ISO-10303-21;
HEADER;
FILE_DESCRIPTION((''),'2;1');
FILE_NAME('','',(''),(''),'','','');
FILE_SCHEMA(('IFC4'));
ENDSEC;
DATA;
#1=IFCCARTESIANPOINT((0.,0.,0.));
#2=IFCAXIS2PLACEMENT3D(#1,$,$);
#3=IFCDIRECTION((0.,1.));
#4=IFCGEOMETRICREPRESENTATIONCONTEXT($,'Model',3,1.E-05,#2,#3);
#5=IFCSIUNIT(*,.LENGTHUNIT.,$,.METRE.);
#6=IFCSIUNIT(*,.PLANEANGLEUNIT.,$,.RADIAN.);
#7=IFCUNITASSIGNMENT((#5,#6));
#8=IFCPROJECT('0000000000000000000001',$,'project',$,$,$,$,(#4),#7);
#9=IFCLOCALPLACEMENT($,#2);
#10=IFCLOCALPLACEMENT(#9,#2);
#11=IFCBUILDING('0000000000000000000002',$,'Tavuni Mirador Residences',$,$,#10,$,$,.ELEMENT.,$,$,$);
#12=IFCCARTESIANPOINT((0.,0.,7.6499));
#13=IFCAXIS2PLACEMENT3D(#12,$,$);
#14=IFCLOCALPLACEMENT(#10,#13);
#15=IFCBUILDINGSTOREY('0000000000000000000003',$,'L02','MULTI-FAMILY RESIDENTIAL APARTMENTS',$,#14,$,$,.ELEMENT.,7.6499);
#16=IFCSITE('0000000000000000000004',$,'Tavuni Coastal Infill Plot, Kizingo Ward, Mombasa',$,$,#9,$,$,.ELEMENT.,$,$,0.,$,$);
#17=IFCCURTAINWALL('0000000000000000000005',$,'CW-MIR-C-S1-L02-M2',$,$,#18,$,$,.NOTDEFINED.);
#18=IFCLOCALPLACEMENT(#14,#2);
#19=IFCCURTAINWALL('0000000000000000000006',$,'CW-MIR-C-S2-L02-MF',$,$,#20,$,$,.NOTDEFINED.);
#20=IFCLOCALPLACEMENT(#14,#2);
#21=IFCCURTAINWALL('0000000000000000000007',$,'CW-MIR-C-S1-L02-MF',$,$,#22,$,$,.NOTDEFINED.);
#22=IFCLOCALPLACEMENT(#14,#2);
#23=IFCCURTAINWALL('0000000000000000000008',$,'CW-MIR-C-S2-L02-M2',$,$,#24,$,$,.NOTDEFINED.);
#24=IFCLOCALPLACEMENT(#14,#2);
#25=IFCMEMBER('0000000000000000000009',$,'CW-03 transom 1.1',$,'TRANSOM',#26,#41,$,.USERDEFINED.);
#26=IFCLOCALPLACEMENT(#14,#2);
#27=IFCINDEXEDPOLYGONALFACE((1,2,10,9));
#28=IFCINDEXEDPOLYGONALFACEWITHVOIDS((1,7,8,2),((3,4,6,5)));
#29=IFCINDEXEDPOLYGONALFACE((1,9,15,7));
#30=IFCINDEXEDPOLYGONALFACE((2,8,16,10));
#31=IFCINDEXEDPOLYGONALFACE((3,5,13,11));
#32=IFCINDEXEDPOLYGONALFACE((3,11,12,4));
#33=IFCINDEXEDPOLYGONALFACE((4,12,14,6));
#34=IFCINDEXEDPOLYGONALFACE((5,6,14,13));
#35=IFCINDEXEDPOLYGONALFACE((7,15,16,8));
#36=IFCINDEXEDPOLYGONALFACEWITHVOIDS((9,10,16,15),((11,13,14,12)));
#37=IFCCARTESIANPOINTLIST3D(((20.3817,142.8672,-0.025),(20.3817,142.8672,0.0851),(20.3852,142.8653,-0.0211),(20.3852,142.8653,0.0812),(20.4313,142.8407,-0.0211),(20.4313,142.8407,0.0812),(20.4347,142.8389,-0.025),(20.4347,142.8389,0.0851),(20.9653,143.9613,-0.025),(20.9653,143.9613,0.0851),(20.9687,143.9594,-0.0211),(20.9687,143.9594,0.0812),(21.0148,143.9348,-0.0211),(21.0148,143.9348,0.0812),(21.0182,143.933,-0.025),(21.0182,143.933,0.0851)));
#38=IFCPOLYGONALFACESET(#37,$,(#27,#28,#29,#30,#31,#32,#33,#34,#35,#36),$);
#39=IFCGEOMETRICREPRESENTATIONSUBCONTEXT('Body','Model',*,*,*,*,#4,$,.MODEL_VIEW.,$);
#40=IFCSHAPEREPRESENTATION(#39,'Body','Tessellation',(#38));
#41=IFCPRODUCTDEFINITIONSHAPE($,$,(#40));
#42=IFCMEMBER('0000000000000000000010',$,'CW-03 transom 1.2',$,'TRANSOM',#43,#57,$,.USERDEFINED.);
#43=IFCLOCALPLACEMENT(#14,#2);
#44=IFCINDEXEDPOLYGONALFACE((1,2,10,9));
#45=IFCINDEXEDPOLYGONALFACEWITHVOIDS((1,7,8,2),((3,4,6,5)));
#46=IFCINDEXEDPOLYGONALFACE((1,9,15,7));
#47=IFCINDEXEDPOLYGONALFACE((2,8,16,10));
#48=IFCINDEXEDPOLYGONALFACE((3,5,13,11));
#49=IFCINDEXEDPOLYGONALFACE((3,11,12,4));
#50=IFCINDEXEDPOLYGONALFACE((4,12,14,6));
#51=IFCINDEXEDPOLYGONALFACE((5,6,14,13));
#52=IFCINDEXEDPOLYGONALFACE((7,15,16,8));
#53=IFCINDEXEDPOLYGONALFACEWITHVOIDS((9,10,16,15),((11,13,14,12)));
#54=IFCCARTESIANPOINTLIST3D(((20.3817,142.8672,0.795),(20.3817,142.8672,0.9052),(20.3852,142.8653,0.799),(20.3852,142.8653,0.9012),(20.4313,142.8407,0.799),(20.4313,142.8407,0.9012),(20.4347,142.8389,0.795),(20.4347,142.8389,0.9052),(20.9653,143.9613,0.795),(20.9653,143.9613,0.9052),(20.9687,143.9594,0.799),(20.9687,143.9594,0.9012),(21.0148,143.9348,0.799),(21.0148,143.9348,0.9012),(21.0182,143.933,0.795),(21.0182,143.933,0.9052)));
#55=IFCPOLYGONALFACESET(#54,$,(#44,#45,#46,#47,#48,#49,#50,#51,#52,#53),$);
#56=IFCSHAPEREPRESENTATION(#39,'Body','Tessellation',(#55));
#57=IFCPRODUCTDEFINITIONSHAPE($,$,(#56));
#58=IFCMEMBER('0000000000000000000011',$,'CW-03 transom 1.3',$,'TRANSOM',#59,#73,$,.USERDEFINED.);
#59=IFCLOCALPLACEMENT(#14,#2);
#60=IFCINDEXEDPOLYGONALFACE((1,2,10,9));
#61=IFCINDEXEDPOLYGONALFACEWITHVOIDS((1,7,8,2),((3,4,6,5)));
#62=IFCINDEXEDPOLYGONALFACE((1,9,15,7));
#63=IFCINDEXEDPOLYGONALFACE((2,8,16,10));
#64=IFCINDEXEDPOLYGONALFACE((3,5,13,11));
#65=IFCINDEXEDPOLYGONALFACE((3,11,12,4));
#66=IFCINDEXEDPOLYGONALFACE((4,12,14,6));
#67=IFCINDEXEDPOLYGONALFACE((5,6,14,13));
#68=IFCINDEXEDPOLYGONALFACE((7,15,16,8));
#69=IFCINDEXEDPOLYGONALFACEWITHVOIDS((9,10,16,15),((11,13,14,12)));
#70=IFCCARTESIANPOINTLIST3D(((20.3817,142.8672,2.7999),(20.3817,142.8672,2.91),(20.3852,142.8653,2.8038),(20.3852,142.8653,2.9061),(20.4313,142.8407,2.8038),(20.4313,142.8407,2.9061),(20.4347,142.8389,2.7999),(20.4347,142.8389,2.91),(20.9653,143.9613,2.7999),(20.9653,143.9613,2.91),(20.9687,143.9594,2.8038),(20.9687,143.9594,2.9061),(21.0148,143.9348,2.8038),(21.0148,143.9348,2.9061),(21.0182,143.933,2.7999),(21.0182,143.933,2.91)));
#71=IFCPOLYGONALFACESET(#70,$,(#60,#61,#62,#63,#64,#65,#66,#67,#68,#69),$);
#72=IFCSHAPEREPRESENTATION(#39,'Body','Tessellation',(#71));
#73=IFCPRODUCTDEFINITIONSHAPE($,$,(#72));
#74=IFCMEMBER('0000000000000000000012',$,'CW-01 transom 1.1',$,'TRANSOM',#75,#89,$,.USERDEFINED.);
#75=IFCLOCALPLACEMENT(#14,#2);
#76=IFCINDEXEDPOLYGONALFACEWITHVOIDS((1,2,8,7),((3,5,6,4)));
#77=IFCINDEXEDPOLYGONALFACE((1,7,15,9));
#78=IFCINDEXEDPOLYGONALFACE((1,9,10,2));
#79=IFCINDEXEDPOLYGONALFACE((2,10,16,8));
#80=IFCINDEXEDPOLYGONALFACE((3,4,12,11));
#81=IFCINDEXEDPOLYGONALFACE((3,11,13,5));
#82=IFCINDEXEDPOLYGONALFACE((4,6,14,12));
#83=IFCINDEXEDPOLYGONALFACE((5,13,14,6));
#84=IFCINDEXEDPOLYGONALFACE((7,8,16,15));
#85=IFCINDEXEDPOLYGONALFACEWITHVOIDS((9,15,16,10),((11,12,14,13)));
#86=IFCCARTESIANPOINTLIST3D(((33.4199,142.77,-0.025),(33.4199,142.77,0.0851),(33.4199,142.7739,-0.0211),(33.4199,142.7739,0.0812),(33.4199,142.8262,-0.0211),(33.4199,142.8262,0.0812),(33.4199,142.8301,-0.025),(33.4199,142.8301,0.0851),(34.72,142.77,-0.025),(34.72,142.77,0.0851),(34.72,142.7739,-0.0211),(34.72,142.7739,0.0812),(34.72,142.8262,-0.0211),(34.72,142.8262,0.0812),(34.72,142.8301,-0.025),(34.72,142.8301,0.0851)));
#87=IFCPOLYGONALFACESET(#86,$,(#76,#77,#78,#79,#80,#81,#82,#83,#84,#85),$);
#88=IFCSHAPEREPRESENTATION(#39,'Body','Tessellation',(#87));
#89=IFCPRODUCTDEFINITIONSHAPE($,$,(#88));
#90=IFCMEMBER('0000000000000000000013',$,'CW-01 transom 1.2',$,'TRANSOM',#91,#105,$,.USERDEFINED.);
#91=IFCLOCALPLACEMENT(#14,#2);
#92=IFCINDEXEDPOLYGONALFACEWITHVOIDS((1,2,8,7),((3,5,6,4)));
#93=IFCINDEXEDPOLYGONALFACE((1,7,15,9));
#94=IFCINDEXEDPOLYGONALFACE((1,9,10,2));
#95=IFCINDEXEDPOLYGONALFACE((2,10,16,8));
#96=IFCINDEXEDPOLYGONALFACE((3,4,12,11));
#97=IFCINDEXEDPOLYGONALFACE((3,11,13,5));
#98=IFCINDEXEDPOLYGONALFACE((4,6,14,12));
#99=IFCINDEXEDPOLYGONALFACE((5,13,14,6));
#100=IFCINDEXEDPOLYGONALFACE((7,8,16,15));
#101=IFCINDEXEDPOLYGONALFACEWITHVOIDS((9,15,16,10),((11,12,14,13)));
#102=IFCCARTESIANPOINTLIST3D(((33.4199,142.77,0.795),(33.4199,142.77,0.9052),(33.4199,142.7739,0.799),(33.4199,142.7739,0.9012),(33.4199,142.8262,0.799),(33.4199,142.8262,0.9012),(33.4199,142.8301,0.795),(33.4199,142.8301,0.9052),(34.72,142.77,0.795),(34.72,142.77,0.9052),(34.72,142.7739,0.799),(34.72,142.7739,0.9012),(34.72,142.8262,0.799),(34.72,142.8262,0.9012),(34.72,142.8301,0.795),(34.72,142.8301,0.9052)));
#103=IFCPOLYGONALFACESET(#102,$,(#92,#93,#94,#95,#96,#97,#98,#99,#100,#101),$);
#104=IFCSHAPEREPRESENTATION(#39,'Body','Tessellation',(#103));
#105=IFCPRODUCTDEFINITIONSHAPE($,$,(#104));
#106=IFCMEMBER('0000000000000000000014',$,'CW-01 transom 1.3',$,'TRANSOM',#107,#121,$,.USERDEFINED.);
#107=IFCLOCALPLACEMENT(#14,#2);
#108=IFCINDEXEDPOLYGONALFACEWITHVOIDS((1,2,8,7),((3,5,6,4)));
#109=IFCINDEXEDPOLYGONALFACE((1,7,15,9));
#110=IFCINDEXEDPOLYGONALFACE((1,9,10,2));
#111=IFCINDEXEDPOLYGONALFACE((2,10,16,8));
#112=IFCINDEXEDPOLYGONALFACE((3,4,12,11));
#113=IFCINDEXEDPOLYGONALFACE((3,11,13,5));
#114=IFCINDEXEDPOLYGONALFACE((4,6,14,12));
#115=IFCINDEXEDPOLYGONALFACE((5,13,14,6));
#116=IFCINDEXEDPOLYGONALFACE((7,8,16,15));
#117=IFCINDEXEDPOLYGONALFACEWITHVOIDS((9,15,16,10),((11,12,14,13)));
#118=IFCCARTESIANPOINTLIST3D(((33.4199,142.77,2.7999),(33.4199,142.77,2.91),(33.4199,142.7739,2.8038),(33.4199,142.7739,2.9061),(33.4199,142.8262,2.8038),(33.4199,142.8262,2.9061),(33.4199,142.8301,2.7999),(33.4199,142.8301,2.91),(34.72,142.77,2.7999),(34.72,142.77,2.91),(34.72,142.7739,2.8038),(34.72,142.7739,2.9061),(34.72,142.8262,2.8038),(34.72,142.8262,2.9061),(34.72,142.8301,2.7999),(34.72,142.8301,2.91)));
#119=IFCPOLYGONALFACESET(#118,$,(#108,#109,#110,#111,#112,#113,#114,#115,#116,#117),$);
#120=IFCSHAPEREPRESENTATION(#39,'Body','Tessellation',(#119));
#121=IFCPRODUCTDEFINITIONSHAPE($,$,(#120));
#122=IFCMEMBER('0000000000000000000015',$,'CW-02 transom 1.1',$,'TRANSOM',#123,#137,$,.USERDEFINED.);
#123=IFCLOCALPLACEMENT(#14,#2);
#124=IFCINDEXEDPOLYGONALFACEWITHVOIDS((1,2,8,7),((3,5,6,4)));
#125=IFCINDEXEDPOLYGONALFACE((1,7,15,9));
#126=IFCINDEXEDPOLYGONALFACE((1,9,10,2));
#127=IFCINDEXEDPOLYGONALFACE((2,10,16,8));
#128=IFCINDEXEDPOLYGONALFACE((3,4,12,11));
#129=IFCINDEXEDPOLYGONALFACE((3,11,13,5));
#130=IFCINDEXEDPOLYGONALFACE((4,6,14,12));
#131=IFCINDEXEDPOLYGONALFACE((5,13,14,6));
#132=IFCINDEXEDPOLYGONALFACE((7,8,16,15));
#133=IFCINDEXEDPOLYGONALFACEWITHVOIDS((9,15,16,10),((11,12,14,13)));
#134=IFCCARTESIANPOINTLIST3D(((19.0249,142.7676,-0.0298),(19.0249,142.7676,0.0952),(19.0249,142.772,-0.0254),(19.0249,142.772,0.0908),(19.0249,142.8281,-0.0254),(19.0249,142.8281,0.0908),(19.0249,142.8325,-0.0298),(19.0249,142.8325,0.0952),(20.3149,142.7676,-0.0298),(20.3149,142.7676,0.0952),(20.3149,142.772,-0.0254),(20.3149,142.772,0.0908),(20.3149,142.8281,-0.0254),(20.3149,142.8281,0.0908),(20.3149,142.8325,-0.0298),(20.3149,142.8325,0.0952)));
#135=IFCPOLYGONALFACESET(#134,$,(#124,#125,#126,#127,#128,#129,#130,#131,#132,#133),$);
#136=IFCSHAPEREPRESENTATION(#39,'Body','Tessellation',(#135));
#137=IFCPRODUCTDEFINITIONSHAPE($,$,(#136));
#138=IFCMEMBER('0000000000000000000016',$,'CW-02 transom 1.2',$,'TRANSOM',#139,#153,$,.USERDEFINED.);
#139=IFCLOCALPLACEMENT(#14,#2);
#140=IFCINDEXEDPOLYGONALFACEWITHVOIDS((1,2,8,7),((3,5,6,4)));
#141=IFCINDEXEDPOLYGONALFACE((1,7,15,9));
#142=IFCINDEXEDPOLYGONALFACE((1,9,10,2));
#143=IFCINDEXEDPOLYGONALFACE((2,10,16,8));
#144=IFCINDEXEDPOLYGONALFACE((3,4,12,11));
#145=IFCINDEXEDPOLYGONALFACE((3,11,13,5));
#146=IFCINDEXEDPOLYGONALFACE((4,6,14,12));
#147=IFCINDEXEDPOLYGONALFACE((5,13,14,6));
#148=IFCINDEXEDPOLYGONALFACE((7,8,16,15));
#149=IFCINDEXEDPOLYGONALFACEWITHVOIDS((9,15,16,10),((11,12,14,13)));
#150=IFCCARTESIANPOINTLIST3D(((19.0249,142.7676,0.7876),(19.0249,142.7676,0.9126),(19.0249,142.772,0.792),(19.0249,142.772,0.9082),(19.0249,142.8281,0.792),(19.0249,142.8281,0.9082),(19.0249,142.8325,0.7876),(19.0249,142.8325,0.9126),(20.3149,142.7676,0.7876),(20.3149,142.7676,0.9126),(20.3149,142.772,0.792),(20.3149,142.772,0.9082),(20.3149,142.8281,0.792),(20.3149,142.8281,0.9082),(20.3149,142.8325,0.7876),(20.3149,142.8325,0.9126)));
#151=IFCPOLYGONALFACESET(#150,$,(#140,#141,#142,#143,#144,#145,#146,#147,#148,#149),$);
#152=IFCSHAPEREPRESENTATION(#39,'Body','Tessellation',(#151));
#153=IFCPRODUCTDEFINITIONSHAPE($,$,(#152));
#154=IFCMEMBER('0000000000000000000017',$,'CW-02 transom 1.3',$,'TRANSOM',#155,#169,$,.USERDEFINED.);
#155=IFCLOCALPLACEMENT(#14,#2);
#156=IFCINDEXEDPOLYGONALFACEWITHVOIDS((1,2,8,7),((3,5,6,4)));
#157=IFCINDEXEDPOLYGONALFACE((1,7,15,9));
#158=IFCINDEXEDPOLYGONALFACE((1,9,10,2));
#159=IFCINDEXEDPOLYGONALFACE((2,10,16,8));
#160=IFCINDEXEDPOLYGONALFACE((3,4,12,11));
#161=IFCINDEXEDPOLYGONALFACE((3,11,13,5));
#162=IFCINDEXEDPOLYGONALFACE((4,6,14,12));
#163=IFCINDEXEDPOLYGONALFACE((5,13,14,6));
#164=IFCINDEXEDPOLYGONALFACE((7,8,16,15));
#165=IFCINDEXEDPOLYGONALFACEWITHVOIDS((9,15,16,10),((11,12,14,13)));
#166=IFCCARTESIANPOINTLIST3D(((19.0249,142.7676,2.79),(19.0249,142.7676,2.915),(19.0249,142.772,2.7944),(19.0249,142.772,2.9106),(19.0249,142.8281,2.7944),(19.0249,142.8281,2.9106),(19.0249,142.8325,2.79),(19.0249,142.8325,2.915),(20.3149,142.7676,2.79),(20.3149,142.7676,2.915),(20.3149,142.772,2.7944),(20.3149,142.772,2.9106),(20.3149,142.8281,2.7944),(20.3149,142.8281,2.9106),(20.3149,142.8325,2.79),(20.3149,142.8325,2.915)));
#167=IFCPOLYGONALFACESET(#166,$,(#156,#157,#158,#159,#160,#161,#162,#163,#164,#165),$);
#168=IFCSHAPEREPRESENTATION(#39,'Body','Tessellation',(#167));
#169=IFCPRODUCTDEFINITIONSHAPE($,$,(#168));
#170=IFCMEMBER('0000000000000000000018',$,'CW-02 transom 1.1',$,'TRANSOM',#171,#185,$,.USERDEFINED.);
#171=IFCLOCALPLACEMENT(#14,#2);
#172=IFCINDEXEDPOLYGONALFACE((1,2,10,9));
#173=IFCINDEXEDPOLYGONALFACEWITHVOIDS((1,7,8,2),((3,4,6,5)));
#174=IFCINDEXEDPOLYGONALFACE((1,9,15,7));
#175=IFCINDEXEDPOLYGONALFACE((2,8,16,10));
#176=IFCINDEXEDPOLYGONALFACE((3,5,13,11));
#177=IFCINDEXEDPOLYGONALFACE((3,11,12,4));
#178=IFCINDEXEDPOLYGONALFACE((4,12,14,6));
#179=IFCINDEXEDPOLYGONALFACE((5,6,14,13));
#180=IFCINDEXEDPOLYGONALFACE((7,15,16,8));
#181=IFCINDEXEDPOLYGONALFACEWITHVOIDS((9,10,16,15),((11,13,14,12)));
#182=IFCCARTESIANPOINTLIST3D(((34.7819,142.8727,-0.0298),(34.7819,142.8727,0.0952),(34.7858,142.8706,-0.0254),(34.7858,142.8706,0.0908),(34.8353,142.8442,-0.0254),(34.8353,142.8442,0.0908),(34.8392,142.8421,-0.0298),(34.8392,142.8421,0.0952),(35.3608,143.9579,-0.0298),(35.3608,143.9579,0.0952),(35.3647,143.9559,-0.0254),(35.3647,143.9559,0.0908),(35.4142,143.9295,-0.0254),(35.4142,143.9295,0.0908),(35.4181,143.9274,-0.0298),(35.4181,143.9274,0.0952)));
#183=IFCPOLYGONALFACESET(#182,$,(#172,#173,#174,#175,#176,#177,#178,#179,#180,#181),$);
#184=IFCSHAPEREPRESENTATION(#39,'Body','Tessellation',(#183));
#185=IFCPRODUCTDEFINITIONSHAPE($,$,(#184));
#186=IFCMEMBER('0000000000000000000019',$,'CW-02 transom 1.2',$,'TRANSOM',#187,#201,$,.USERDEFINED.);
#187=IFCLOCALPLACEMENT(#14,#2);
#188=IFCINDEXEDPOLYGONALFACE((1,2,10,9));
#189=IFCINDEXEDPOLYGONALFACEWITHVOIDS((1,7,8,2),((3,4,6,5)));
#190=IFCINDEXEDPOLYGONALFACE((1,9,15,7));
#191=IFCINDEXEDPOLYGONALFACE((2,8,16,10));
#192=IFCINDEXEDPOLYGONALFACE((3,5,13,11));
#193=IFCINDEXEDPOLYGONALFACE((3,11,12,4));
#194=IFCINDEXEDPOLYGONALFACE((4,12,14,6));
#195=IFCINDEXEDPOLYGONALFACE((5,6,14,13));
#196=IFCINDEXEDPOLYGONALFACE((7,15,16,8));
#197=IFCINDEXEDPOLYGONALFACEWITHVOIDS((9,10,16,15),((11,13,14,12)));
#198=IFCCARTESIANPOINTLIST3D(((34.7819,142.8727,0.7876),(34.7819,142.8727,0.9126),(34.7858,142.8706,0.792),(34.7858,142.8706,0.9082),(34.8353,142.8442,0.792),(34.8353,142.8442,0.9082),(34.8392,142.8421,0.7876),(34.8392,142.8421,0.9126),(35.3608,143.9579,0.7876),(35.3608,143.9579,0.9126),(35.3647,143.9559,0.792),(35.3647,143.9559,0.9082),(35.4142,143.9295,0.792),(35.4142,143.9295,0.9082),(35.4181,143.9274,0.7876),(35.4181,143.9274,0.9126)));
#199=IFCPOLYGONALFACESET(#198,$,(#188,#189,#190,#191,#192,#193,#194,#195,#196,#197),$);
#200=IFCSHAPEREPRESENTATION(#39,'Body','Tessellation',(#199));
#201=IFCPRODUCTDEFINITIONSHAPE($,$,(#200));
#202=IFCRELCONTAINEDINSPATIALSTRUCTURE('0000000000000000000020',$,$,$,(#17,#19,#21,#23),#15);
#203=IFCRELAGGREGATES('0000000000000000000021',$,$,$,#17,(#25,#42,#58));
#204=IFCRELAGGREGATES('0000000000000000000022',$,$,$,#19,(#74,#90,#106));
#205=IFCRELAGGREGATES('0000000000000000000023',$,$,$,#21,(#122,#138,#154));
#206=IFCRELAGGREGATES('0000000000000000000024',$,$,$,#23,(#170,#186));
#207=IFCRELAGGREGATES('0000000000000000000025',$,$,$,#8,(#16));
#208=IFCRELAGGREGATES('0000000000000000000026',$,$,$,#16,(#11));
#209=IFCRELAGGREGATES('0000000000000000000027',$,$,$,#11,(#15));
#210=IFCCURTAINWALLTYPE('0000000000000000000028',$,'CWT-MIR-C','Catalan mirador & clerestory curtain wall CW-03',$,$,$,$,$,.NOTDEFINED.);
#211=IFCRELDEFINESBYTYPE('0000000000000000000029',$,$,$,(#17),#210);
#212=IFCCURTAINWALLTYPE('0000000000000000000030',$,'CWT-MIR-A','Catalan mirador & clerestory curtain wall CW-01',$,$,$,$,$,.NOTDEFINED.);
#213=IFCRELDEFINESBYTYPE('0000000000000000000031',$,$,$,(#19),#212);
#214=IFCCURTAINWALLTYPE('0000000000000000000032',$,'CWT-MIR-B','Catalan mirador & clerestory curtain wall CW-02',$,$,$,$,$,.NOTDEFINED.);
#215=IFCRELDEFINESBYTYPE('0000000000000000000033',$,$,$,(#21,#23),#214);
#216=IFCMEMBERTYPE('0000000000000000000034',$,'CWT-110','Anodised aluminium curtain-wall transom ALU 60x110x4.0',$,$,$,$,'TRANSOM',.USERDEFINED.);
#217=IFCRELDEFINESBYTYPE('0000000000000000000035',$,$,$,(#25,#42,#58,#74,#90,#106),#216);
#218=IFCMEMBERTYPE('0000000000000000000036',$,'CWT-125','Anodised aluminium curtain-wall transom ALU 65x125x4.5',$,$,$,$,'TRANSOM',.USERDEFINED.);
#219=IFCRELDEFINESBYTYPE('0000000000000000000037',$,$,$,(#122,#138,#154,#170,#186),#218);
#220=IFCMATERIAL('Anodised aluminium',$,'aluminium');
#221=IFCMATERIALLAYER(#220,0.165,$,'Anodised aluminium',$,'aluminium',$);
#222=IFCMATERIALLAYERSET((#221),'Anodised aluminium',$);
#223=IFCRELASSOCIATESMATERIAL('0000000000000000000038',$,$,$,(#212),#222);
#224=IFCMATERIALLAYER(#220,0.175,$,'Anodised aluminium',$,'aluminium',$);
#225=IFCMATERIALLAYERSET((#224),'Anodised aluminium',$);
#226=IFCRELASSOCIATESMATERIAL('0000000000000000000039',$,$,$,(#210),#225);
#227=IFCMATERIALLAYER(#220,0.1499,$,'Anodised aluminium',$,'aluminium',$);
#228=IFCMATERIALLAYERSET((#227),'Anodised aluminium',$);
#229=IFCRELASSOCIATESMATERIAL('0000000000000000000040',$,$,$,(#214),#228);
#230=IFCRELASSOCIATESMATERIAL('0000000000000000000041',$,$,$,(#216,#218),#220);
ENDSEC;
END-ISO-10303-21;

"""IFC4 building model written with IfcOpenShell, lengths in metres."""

from ifc_helpers import new_model, si_unit, direction, frame, origin, origin_2d, place, context, subcontext, project, spatial, hollow_rectangle, extrude, material, layer, layer_set, material_profile, profile_set, type_object, element, aggregate, save


model = new_model("IFC4")

# Units and contexts
model_context = context("Model", 3, precision=1e-05, world=origin(), true_north=direction((0.0, 1.0)))
body_context = subcontext(model_context, "Body", "Model", "MODEL_VIEW")
ifc_project = project(units=[si_unit("LENGTHUNIT", "METRE"), si_unit("PLANEANGLEUNIT", "RADIAN")], contexts=[model_context])

# Site, building, storey
site_placement = place(None, origin())
site = spatial("IfcSite", under=ifc_project, at=site_placement, Name="Tavuni Coastal Infill Plot, Kizingo Ward, Mombasa", CompositionType="ELEMENT", RefElevation=0.0)
building_placement = place(site_placement, origin())
building = spatial("IfcBuilding", under=site, at=building_placement, Name="Tavuni Mirador Residences", CompositionType="ELEMENT")
storey_placement = place(building_placement, frame((0.0, 0.0, 7.6499)))
storey = spatial("IfcBuildingStorey", under=building, at=storey_placement, Name="L02", Description="MULTI-FAMILY RESIDENTIAL APARTMENTS", CompositionType="ELEMENT", Elevation=7.6499)

# Curtain wall
ifc_material_1 = material(Name="Anodised aluminium", Category="aluminium")
ifc_layer_1 = layer(ifc_material_1, 0.165, Name="Anodised aluminium", Category="aluminium")
ifc_layer_set_1 = layer_set([ifc_layer_1], Name="Anodised aluminium")
curtain_wall_type_1 = type_object("IfcCurtainWallType", Name="CWT-MIR-A", Description="Catalan mirador & clerestory curtain wall CW-01", PredefinedType="NOTDEFINED", material=ifc_layer_set_1)
ifc_layer_2 = layer(ifc_material_1, 0.175, Name="Anodised aluminium", Category="aluminium")
ifc_layer_set_2 = layer_set([ifc_layer_2], Name="Anodised aluminium")
curtain_wall_type_2 = type_object("IfcCurtainWallType", Name="CWT-MIR-C", Description="Catalan mirador & clerestory curtain wall CW-03", PredefinedType="NOTDEFINED", material=ifc_layer_set_2)
curtain_wall_1_placement = place(storey_placement, origin())
curtain_wall_1 = element("IfcCurtainWall", 1, at=curtain_wall_1_placement, inside=storey, type_object=curtain_wall_type_2, Name="CW-MIR-C-S1-L02-M2", PredefinedType="NOTDEFINED")

# Curtain walls
curtain_wall_2_placement = place(storey_placement, origin())
curtain_wall_2 = element("IfcCurtainWall", 2, at=curtain_wall_2_placement, inside=storey, type_object=curtain_wall_type_1, Name="CW-MIR-C-S2-L02-MF", PredefinedType="NOTDEFINED")
ifc_layer_3 = layer(ifc_material_1, 0.1499, Name="Anodised aluminium", Category="aluminium")
ifc_layer_set_3 = layer_set([ifc_layer_3], Name="Anodised aluminium")
curtain_wall_type_3 = type_object("IfcCurtainWallType", Name="CWT-MIR-B", Description="Catalan mirador & clerestory curtain wall CW-02", PredefinedType="NOTDEFINED", material=ifc_layer_set_3)
curtain_wall_3_placement = place(storey_placement, origin())
curtain_wall_3 = element("IfcCurtainWall", 3, at=curtain_wall_3_placement, inside=storey, type_object=curtain_wall_type_3, Name="CW-MIR-C-S1-L02-MF", PredefinedType="NOTDEFINED")

# Curtain wall
curtain_wall_4_placement = place(storey_placement, origin())
curtain_wall_4 = element("IfcCurtainWall", 4, at=curtain_wall_4_placement, inside=storey, type_object=curtain_wall_type_3, Name="CW-MIR-C-S2-L02-M2", PredefinedType="NOTDEFINED")

# Members
ifc_material_profile_1 = material_profile(ifc_material_1, hollow_rectangle(XDim=0.0601, YDim=0.1101, WallThickness=0.0039, at=origin_2d()), Name="ALU 60x110x4.0", Category="aluminium")
ifc_profile_set_1 = profile_set([ifc_material_profile_1], Name="Anodised aluminium")
member_type_1 = type_object("IfcMemberType", Name="CWT-110", Description="Anodised aluminium curtain-wall transom ALU 60x110x4.0", ElementType="TRANSOM", PredefinedType="USERDEFINED", material=ifc_profile_set_1)
member_1_placement = place(storey_placement, frame((20.4082, 142.853, 0.03), z_axis=(0.470609, 0.882342, 0.0), x_axis=(-0.882342, 0.470609, 0.0)))
member_1 = element("IfcMember", 5, at=member_1_placement, type_object=member_type_1, Name="CW-03 transom 1.1", ObjectType="TRANSOM", PredefinedType="USERDEFINED", context=body_context, shape_type="SweptSolid", body=[
    extrude(hollow_rectangle(XDim=0.0601, YDim=0.1101, WallThickness=0.0039, at=origin_2d()), origin(), (0.0, 0.0, 1.0), 1.24),
])
member_2_placement = place(storey_placement, frame((20.4082, 142.853, 0.8501), z_axis=(0.470609, 0.882342, 0.0), x_axis=(-0.882342, 0.470609, 0.0)))
member_2 = element("IfcMember", 6, at=member_2_placement, type_object=member_type_1, Name="CW-03 transom 1.2", ObjectType="TRANSOM", PredefinedType="USERDEFINED", context=body_context, shape_type="SweptSolid", body=[
    extrude(hollow_rectangle(XDim=0.0601, YDim=0.1101, WallThickness=0.0039, at=origin_2d()), origin(), (0.0, 0.0, 1.0), 1.24),
])
member_3_placement = place(storey_placement, frame((20.4082, 142.853, 2.855), z_axis=(0.470609, 0.882342, 0.0), x_axis=(-0.882342, 0.470609, 0.0)))
member_3 = element("IfcMember", 7, at=member_3_placement, type_object=member_type_1, Name="CW-03 transom 1.3", ObjectType="TRANSOM", PredefinedType="USERDEFINED", context=body_context, shape_type="SweptSolid", body=[
    extrude(hollow_rectangle(XDim=0.0601, YDim=0.1101, WallThickness=0.0039, at=origin_2d()), origin(), (0.0, 0.0, 1.0), 1.24),
])
member_4_placement = place(storey_placement, frame((33.4199, 142.8, 0.03), z_axis=(1.0, 0.0, 0.0), x_axis=(0.0, 1.0, 0.0)))
member_4 = element("IfcMember", 8, at=member_4_placement, type_object=member_type_1, Name="CW-01 transom 1.1", ObjectType="TRANSOM", PredefinedType="USERDEFINED", context=body_context, shape_type="SweptSolid", body=[
    extrude(hollow_rectangle(XDim=0.0601, YDim=0.1101, WallThickness=0.0039, at=origin_2d()), origin(), (0.0, 0.0, 1.0), 1.3),
])
member_5_placement = place(storey_placement, frame((33.4199, 142.8, 0.8501), z_axis=(1.0, 0.0, 0.0), x_axis=(0.0, 1.0, 0.0)))
member_5 = element("IfcMember", 9, at=member_5_placement, type_object=member_type_1, Name="CW-01 transom 1.2", ObjectType="TRANSOM", PredefinedType="USERDEFINED", context=body_context, shape_type="SweptSolid", body=[
    extrude(hollow_rectangle(XDim=0.0601, YDim=0.1101, WallThickness=0.0039, at=origin_2d()), origin(), (0.0, 0.0, 1.0), 1.3),
])
member_6_placement = place(storey_placement, frame((33.4199, 142.8, 2.855), z_axis=(1.0, 0.0, 0.0), x_axis=(0.0, 1.0, 0.0)))
member_6 = element("IfcMember", 10, at=member_6_placement, type_object=member_type_1, Name="CW-01 transom 1.3", ObjectType="TRANSOM", PredefinedType="USERDEFINED", context=body_context, shape_type="SweptSolid", body=[
    extrude(hollow_rectangle(XDim=0.0601, YDim=0.1101, WallThickness=0.0039, at=origin_2d()), origin(), (0.0, 0.0, 1.0), 1.3),
])
ifc_material_profile_2 = material_profile(ifc_material_1, hollow_rectangle(XDim=0.0649, YDim=0.125, WallThickness=0.0044, at=origin_2d()), Name="ALU 65x125x4.5", Category="aluminium")
ifc_profile_set_2 = profile_set([ifc_material_profile_2], Name="Anodised aluminium")
member_type_2 = type_object("IfcMemberType", Name="CWT-125", Description="Anodised aluminium curtain-wall transom ALU 65x125x4.5", ElementType="TRANSOM", PredefinedType="USERDEFINED", material=ifc_profile_set_2)
member_7_placement = place(storey_placement, frame((19.0249, 142.8, 0.0327), z_axis=(1.0, 0.0, 0.0), x_axis=(0.0, 1.0, 0.0)))
member_7 = element("IfcMember", 11, at=member_7_placement, type_object=member_type_2, Name="CW-02 transom 1.1", ObjectType="TRANSOM", PredefinedType="USERDEFINED", context=body_context, shape_type="SweptSolid", body=[
    extrude(hollow_rectangle(XDim=0.0649, YDim=0.125, WallThickness=0.0044, at=origin_2d()), origin(), (0.0, 0.0, 1.0), 1.29),
])
member_8_placement = place(storey_placement, frame((19.0249, 142.8, 0.8501), z_axis=(1.0, 0.0, 0.0), x_axis=(0.0, 1.0, 0.0)))
member_8 = element("IfcMember", 12, at=member_8_placement, type_object=member_type_2, Name="CW-02 transom 1.2", ObjectType="TRANSOM", PredefinedType="USERDEFINED", context=body_context, shape_type="SweptSolid", body=[
    extrude(hollow_rectangle(XDim=0.0649, YDim=0.125, WallThickness=0.0044, at=origin_2d()), origin(), (0.0, 0.0, 1.0), 1.29),
])
member_9_placement = place(storey_placement, frame((19.0249, 142.8, 2.8525), z_axis=(1.0, 0.0, 0.0), x_axis=(0.0, 1.0, 0.0)))
member_9 = element("IfcMember", 13, at=member_9_placement, type_object=member_type_2, Name="CW-02 transom 1.3", ObjectType="TRANSOM", PredefinedType="USERDEFINED", context=body_context, shape_type="SweptSolid", body=[
    extrude(hollow_rectangle(XDim=0.0649, YDim=0.125, WallThickness=0.0044, at=origin_2d()), origin(), (0.0, 0.0, 1.0), 1.29),
])
member_10_placement = place(storey_placement, frame((34.8105, 142.8574, 0.0327), z_axis=(0.47064, 0.882325, 0.0), x_axis=(-0.882325, 0.47064, 0.0)))
member_10 = element("IfcMember", 14, at=member_10_placement, type_object=member_type_2, Name="CW-02 transom 1.1", ObjectType="TRANSOM", PredefinedType="USERDEFINED", context=body_context, shape_type="SweptSolid", body=[
    extrude(hollow_rectangle(XDim=0.0649, YDim=0.125, WallThickness=0.0044, at=origin_2d()), origin(), (0.0, 0.0, 1.0), 1.23),
])
member_11_placement = place(storey_placement, frame((34.8105, 142.8574, 0.8501), z_axis=(0.47064, 0.882325, 0.0), x_axis=(-0.882325, 0.47064, 0.0)))
member_11 = element("IfcMember", 15, at=member_11_placement, type_object=member_type_2, Name="CW-02 transom 1.2", ObjectType="TRANSOM", PredefinedType="USERDEFINED", context=body_context, shape_type="SweptSolid", body=[
    extrude(hollow_rectangle(XDim=0.0649, YDim=0.125, WallThickness=0.0044, at=origin_2d()), origin(), (0.0, 0.0, 1.0), 1.23),
])

aggregate(curtain_wall_1, [member_1, member_2, member_3])
aggregate(curtain_wall_2, [member_4, member_5, member_6])
aggregate(curtain_wall_3, [member_7, member_8, member_9])
aggregate(curtain_wall_4, [member_10, member_11])

save(model, "model.ifc")
